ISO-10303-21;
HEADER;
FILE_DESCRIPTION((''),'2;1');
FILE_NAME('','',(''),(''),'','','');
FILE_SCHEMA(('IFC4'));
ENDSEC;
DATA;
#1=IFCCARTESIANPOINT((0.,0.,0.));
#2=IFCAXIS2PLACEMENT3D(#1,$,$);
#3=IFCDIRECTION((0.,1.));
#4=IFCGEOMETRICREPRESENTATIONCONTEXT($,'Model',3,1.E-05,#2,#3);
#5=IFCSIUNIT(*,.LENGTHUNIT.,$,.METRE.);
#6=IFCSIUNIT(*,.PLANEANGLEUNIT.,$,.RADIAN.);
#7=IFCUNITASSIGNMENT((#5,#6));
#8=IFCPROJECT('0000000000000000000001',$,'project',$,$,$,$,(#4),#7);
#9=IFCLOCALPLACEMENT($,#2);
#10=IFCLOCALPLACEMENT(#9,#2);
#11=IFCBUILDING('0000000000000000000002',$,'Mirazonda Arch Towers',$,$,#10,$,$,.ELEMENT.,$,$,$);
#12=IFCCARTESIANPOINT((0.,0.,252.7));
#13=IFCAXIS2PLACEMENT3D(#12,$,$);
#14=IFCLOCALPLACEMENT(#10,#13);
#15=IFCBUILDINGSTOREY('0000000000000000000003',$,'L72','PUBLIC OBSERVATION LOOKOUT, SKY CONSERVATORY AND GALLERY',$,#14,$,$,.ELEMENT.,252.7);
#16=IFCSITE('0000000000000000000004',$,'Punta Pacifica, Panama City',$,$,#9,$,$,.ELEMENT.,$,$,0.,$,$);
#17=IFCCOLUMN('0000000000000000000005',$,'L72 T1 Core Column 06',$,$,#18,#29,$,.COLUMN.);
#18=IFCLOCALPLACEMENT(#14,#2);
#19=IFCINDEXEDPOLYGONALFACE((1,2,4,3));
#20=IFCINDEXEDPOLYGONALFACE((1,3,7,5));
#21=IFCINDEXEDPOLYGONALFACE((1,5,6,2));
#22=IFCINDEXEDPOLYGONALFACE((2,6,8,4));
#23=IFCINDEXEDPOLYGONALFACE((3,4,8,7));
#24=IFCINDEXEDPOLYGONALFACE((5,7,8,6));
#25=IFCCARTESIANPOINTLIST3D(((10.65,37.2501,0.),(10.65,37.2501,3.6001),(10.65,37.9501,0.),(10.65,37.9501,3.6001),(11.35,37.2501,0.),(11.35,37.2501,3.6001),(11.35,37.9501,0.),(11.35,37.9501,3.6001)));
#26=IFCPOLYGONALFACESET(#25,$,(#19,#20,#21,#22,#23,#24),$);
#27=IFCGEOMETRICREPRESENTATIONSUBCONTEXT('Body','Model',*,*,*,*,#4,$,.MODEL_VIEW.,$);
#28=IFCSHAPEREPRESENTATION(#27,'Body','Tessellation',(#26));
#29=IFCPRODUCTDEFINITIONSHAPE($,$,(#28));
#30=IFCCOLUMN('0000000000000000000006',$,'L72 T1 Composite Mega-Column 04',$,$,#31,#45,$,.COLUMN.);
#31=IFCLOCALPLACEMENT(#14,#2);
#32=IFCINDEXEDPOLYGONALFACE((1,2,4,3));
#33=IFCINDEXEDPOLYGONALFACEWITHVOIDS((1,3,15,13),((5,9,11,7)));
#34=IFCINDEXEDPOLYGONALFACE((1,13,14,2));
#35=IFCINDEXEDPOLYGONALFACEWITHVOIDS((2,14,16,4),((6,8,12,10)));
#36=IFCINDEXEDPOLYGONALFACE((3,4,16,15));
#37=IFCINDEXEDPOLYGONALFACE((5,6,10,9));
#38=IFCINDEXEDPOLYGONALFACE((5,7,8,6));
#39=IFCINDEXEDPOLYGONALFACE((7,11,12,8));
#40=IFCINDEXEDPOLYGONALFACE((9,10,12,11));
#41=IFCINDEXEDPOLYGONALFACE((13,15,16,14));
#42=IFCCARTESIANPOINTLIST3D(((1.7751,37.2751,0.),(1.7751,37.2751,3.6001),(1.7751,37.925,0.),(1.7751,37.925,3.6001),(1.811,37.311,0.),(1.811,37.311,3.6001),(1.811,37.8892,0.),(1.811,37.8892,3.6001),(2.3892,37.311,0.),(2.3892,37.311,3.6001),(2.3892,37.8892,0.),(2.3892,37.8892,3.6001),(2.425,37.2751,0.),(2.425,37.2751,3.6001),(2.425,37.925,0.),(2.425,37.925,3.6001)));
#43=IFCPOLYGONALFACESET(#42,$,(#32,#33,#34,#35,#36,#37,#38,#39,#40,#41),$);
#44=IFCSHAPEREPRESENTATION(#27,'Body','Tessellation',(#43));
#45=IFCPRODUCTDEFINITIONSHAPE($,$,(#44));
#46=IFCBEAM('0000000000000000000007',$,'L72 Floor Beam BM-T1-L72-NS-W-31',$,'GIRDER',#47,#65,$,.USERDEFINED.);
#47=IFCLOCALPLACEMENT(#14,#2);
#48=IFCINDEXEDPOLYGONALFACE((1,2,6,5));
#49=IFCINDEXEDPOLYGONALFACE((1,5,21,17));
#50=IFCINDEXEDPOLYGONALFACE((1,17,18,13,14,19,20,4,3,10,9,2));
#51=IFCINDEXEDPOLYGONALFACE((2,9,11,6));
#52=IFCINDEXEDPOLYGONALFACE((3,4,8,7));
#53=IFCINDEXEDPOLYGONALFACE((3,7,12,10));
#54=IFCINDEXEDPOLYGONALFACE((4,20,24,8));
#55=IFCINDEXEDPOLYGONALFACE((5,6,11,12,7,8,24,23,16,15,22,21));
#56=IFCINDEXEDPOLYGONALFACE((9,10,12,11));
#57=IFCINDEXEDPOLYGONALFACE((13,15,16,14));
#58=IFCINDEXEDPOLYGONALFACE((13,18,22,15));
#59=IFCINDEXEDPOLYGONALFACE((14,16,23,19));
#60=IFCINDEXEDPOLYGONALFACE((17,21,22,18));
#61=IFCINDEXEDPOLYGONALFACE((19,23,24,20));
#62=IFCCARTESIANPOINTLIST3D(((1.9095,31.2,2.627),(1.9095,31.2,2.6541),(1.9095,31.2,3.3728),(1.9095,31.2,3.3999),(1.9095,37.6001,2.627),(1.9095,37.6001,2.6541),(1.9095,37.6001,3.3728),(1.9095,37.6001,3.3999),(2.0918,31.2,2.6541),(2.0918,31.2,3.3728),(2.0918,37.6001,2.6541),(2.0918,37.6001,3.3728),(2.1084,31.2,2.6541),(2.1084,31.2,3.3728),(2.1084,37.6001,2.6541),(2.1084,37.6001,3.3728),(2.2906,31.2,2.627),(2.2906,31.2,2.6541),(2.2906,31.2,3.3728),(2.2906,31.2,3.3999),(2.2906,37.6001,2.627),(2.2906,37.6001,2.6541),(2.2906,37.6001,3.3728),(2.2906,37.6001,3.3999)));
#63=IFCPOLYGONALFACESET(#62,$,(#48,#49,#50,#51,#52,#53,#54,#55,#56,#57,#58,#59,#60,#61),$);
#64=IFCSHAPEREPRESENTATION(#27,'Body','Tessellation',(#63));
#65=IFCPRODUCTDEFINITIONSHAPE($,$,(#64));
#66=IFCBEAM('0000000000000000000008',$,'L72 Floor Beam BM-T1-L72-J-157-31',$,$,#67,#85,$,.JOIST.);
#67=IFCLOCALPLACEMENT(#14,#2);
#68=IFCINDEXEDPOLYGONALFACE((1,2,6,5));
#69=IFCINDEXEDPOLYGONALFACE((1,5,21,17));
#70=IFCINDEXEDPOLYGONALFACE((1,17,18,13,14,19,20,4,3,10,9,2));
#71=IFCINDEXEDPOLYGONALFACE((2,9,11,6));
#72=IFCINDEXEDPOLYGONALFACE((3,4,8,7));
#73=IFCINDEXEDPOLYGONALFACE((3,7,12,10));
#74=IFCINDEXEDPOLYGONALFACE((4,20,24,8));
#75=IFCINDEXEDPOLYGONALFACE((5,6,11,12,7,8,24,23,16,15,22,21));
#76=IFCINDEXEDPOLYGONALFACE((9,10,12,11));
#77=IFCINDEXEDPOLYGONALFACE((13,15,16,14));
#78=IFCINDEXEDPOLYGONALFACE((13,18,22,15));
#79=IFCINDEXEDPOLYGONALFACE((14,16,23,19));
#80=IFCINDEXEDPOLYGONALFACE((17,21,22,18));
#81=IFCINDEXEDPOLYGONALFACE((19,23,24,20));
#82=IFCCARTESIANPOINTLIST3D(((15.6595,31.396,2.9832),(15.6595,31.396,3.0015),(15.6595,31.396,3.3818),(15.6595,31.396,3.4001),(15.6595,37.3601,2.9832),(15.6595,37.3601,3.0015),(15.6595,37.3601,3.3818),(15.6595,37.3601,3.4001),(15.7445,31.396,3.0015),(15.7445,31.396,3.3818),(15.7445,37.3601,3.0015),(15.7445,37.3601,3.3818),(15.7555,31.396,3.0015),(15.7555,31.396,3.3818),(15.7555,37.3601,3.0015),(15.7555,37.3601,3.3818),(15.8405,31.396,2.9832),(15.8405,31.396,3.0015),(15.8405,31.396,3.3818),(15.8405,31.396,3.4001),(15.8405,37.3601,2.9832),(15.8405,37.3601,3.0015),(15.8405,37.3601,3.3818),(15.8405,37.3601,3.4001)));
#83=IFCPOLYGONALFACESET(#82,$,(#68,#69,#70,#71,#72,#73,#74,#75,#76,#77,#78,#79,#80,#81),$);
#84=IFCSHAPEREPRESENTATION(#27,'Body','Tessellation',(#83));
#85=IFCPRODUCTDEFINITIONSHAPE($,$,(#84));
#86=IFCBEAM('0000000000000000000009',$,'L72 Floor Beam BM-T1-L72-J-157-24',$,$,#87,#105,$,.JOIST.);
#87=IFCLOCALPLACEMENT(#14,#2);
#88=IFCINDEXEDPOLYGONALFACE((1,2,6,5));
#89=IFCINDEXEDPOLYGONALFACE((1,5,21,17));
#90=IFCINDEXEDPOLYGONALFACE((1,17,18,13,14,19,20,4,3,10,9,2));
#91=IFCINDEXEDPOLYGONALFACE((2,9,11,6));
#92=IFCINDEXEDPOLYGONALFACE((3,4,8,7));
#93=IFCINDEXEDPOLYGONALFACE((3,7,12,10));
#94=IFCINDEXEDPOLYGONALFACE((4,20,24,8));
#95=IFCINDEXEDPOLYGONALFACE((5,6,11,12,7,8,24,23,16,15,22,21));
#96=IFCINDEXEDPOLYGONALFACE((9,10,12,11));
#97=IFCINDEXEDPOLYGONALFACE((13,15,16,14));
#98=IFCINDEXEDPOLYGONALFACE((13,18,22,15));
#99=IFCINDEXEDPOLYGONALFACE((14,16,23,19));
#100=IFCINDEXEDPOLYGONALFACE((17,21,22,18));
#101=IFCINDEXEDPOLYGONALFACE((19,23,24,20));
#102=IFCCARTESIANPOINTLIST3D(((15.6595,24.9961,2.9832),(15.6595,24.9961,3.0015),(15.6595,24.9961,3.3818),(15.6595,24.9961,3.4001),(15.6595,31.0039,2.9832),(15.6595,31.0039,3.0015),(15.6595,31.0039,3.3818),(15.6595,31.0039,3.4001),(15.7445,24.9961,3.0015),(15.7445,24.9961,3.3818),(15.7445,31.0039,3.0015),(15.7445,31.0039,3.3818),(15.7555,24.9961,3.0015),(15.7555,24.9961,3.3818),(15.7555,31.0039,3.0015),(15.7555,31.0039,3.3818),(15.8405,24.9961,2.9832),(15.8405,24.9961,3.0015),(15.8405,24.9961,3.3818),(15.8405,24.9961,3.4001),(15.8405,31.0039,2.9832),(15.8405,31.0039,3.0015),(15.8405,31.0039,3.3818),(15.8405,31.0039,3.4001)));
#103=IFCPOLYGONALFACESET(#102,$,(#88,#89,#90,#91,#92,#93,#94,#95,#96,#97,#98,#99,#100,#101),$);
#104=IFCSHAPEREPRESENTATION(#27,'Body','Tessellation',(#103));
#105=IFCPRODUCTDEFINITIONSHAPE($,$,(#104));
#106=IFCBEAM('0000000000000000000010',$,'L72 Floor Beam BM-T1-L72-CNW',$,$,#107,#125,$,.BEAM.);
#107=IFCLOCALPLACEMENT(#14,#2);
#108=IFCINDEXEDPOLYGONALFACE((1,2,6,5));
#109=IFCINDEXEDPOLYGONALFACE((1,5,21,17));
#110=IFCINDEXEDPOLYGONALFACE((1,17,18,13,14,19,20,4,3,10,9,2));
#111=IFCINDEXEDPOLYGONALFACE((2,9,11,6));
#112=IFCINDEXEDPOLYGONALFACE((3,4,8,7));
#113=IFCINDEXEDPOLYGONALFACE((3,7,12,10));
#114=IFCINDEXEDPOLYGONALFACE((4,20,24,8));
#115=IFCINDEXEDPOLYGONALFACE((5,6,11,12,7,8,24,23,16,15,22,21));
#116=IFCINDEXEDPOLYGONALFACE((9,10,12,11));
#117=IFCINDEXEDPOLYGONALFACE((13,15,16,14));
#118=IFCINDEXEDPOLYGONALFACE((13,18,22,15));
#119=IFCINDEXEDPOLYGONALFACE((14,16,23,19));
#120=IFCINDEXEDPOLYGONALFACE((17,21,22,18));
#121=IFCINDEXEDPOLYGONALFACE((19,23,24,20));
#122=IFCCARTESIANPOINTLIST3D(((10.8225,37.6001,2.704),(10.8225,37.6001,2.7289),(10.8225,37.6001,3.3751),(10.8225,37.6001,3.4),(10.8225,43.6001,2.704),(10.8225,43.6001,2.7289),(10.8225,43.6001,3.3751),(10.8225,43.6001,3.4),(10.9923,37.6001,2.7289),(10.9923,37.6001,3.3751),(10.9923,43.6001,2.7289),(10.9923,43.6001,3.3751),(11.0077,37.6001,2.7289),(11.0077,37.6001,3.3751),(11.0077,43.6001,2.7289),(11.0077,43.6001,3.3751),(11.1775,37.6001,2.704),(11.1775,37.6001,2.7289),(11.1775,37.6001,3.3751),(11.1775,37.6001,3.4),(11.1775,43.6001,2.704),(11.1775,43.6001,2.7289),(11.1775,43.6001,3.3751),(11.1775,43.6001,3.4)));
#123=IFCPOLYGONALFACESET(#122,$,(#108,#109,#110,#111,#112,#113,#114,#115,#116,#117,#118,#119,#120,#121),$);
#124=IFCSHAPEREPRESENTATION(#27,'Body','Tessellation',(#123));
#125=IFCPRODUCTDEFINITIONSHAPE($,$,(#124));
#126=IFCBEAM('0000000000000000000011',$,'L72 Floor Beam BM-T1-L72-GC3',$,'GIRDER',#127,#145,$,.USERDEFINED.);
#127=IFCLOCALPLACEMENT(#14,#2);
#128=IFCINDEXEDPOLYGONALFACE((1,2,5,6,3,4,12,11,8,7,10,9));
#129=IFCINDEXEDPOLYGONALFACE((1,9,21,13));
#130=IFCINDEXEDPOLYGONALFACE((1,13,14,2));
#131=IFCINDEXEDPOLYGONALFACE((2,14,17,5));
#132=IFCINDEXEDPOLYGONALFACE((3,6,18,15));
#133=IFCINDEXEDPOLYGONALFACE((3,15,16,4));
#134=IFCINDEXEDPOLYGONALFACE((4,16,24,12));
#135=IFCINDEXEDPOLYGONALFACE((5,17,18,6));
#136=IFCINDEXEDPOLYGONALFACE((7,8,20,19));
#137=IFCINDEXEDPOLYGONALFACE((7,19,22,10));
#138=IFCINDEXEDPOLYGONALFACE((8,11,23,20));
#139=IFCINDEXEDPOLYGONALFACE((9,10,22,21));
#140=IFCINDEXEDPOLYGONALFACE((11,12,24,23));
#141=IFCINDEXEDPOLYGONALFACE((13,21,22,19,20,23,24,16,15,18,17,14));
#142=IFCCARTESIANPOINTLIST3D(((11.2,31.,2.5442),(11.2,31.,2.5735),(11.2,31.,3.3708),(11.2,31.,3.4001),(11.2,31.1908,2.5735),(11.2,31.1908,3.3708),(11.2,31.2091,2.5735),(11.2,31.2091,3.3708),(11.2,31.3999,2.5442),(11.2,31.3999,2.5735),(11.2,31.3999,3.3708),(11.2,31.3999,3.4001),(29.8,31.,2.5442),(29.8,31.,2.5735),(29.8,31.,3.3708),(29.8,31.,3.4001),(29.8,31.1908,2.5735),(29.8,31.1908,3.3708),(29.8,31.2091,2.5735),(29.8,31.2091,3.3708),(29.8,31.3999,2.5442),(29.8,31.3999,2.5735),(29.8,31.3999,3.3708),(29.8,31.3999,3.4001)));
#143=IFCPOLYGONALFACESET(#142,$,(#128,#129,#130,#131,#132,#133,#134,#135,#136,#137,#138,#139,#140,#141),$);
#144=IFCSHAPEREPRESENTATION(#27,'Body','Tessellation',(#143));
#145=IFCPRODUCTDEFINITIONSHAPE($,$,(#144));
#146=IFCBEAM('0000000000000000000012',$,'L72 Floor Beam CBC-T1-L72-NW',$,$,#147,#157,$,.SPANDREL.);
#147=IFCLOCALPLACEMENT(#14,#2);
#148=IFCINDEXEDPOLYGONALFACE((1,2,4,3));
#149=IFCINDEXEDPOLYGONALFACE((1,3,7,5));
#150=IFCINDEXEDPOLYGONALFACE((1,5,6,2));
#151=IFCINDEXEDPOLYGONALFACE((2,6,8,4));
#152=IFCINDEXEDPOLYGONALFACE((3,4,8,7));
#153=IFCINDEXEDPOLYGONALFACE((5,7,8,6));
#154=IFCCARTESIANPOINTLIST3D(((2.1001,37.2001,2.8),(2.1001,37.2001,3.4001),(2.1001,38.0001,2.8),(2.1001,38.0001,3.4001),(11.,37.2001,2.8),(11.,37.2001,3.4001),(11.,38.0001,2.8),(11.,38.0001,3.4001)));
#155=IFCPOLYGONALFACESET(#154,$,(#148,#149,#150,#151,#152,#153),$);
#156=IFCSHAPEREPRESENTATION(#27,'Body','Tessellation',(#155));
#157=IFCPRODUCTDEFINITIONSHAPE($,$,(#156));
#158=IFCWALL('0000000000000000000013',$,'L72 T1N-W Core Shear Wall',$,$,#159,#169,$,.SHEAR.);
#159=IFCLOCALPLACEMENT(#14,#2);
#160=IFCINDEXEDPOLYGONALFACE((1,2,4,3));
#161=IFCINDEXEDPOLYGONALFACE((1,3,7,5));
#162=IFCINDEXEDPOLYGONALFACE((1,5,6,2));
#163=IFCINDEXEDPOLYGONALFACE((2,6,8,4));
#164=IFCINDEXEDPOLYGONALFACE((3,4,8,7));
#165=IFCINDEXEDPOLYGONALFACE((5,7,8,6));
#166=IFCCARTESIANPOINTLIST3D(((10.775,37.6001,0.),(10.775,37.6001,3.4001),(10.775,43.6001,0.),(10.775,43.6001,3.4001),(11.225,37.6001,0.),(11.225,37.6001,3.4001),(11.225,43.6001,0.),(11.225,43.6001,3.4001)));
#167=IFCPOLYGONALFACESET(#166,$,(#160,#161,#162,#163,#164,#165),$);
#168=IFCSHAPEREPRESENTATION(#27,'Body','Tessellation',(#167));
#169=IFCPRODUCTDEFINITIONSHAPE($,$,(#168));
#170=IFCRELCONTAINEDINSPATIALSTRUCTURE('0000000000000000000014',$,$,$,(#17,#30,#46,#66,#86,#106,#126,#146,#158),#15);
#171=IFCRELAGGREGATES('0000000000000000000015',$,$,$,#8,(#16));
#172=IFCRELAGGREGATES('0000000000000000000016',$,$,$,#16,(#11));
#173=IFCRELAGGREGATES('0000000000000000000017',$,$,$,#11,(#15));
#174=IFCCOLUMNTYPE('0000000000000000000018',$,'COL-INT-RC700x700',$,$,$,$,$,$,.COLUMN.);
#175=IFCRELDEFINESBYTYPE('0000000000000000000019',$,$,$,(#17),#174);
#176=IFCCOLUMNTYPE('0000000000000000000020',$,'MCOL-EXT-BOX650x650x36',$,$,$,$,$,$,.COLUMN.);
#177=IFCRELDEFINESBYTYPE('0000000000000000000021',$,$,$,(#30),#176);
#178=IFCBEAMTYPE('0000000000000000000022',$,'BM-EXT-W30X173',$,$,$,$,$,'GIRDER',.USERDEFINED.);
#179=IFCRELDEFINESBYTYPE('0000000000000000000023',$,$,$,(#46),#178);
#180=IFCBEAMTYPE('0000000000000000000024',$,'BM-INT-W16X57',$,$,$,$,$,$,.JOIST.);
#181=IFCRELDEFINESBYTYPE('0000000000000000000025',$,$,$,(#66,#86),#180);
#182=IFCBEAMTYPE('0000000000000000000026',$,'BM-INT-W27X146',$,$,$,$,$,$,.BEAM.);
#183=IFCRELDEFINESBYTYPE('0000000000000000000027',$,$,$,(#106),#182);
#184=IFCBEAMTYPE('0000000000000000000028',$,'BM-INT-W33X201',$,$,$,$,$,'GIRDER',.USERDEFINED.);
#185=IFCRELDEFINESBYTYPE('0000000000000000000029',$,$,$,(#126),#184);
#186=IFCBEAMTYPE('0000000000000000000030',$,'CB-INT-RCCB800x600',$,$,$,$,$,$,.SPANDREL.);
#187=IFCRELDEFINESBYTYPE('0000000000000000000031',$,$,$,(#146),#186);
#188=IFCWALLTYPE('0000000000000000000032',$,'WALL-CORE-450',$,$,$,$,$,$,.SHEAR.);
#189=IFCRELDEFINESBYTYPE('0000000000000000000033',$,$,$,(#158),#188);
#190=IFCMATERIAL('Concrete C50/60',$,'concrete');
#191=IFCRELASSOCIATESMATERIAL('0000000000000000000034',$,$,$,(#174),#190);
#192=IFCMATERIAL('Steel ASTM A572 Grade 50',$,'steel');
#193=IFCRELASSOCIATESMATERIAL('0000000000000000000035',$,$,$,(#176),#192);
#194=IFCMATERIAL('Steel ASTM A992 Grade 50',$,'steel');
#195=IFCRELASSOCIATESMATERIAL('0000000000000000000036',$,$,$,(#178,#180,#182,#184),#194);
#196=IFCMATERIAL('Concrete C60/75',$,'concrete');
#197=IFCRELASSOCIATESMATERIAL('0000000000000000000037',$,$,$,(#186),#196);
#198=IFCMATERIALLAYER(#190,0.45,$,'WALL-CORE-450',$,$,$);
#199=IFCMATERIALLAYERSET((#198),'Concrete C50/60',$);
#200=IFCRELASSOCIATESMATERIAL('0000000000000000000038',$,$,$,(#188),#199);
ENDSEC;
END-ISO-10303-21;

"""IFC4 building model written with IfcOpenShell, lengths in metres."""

from ifc_helpers import new_model, si_unit, direction, frame, frame_2d, origin, origin_2d, place, context, subcontext, project, spatial, rectangle, hollow_rectangle, i_section, extrude, material, layer, layer_set, material_profile, profile_set, type_object, element, save


model = new_model("IFC4")

# Units and contexts
model_context = context("Model", 3, precision=1e-05, world=origin(), true_north=direction((0.0, 1.0)))
body_context = subcontext(model_context, "Body", "Model", "MODEL_VIEW")
ifc_project = project(units=[si_unit("LENGTHUNIT", "METRE"), si_unit("PLANEANGLEUNIT", "RADIAN")], contexts=[model_context])

# Site, building, storey
site_placement = place(None, origin())
site = spatial("IfcSite", under=ifc_project, at=site_placement, Name="Punta Pacifica, Panama City", CompositionType="ELEMENT", RefElevation=0.0)
building_placement = place(site_placement, origin())
building = spatial("IfcBuilding", under=site, at=building_placement, Name="Mirazonda Arch Towers", CompositionType="ELEMENT")
storey_placement = place(building_placement, frame((0.0, 0.0, 252.7)))
storey = spatial("IfcBuildingStorey", under=building, at=storey_placement, Name="L72", Description="PUBLIC OBSERVATION LOOKOUT, SKY CONSERVATORY AND GALLERY", CompositionType="ELEMENT", Elevation=252.7)

# Columns
ifc_material_1 = material(Name="Concrete C50/60", Category="concrete")
ifc_material_profile_1 = material_profile(ifc_material_1, rectangle(XDim=0.7, YDim=0.7, at=origin_2d()), Name="RC700x700")
ifc_profile_set_1 = profile_set([ifc_material_profile_1], Name="Concrete C50/60")
column_type_1 = type_object("IfcColumnType", Name="COL-INT-RC700x700", PredefinedType="COLUMN", material=ifc_profile_set_1)
column_1_placement = place(storey_placement, frame((11.0, 37.6001, 0.0), z_axis=(0.0, 0.0, 1.0), x_axis=(1.0, 0.0, 0.0)))
element("IfcColumn", 1, at=column_1_placement, inside=storey, type_object=column_type_1, Name="L72 T1 Core Column 06", PredefinedType="COLUMN", context=body_context, shape_type="SweptSolid", body=[
    extrude(rectangle(XDim=0.7, YDim=0.7, at=origin_2d()), origin(), (0.0, 0.0, 1.0), 3.6001),
])
ifc_material_2 = material(Name="Steel ASTM A572 Grade 50", Category="steel")
ifc_material_profile_2 = material_profile(ifc_material_2, hollow_rectangle(XDim=0.6499, YDim=0.6499, WallThickness=0.0359, at=origin_2d()), Name="BOX650x650x36")
ifc_profile_set_2 = profile_set([ifc_material_profile_2], Name="Steel ASTM A572 Grade 50")
column_type_2 = type_object("IfcColumnType", Name="MCOL-EXT-BOX650x650x36", PredefinedType="COLUMN", material=ifc_profile_set_2)
column_2_placement = place(storey_placement, frame((2.1001, 37.6001, 0.0), z_axis=(0.0, 0.0, 1.0), x_axis=(1.0, 0.0, 0.0)))
element("IfcColumn", 2, at=column_2_placement, inside=storey, type_object=column_type_2, Name="L72 T1 Composite Mega-Column 04", PredefinedType="COLUMN", context=body_context, shape_type="SweptSolid", body=[
    extrude(hollow_rectangle(XDim=0.6499, YDim=0.6499, WallThickness=0.0359, at=origin_2d()), origin(), (0.0, 0.0, 1.0), 3.6001),
])

# Beams
ifc_material_3 = material(Name="Steel ASTM A992 Grade 50", Category="steel")
ifc_material_profile_3 = material_profile(ifc_material_3, i_section(OverallWidth=0.3811, OverallDepth=0.7729, WebThickness=0.0166, FlangeThickness=0.0271, at=origin_2d()), Name="W30X173")
ifc_profile_set_3 = profile_set([ifc_material_profile_3], Name="Steel ASTM A992 Grade 50")
beam_type_1 = type_object("IfcBeamType", Name="BM-EXT-W30X173", ElementType="GIRDER", PredefinedType="USERDEFINED", material=ifc_profile_set_3)
beam_1_placement = place(storey_placement, frame((2.1001, 31.2, 3.0134), z_axis=(0.0, 1.0, 0.0), x_axis=(-1.0, 0.0, 0.0)))
element("IfcBeam", 3, at=beam_1_placement, inside=storey, type_object=beam_type_1, Name="L72 Floor Beam BM-T1-L72-NS-W-31", ObjectType="GIRDER", PredefinedType="USERDEFINED", context=body_context, shape_type="SweptSolid", body=[
    extrude(i_section(OverallWidth=0.3811, OverallDepth=0.7729, WebThickness=0.0166, FlangeThickness=0.0271, at=origin_2d()), origin(), (0.0, 0.0, 1.0), 6.4001),
])
ifc_material_profile_4 = material_profile(ifc_material_3, i_section(OverallWidth=0.1809, OverallDepth=0.417, WebThickness=0.011, FlangeThickness=0.0183, at=origin_2d()), Name="W16X57")
ifc_profile_set_4 = profile_set([ifc_material_profile_4], Name="Steel ASTM A992 Grade 50")
beam_type_2 = type_object("IfcBeamType", Name="BM-INT-W16X57", PredefinedType="JOIST", material=ifc_profile_set_4)
beam_2_placement = place(storey_placement, frame((15.75, 31.396, 3.1917), z_axis=(0.0, 1.0, 0.0), x_axis=(-1.0, 0.0, 0.0)))
element("IfcBeam", 4, at=beam_2_placement, inside=storey, type_object=beam_type_2, Name="L72 Floor Beam BM-T1-L72-J-157-31", PredefinedType="JOIST", context=body_context, shape_type="SweptSolid", body=[
    extrude(i_section(OverallWidth=0.1809, OverallDepth=0.417, WebThickness=0.011, FlangeThickness=0.0183, at=origin_2d()), origin(), (0.0, 0.0, 1.0), 5.9641),
])
beam_3_placement = place(storey_placement, frame((15.75, 24.9961, 3.1917), z_axis=(0.0, 1.0, 0.0), x_axis=(-1.0, 0.0, 0.0)))
element("IfcBeam", 5, at=beam_3_placement, inside=storey, type_object=beam_type_2, Name="L72 Floor Beam BM-T1-L72-J-157-24", PredefinedType="JOIST", context=body_context, shape_type="SweptSolid", body=[
    extrude(i_section(OverallWidth=0.1809, OverallDepth=0.417, WebThickness=0.011, FlangeThickness=0.0183, at=origin_2d()), origin(), (0.0, 0.0, 1.0), 6.0078),
])
ifc_material_profile_5 = material_profile(ifc_material_3, i_section(OverallWidth=0.355, OverallDepth=0.696, WebThickness=0.0154, FlangeThickness=0.0249, at=origin_2d()), Name="W27X146")
ifc_profile_set_5 = profile_set([ifc_material_profile_5], Name="Steel ASTM A992 Grade 50")
beam_type_3 = type_object("IfcBeamType", Name="BM-INT-W27X146", PredefinedType="BEAM", material=ifc_profile_set_5)
beam_4_placement = place(storey_placement, frame((11.0, 37.6001, 3.052), z_axis=(0.0, 1.0, 0.0), x_axis=(-1.0, 0.0, 0.0)))
element("IfcBeam", 6, at=beam_4_placement, inside=storey, type_object=beam_type_3, Name="L72 Floor Beam BM-T1-L72-CNW", PredefinedType="BEAM", context=body_context, shape_type="SweptSolid", body=[
    extrude(i_section(OverallWidth=0.355, OverallDepth=0.696, WebThickness=0.0154, FlangeThickness=0.0249, at=origin_2d()), origin(), (0.0, 0.0, 1.0), 6.0),
])
ifc_material_profile_6 = material_profile(ifc_material_3, i_section(OverallWidth=0.3999, OverallDepth=0.856, WebThickness=0.0183, FlangeThickness=0.0293, at=origin_2d()), Name="W33X201")
ifc_profile_set_6 = profile_set([ifc_material_profile_6], Name="Steel ASTM A992 Grade 50")
beam_type_4 = type_object("IfcBeamType", Name="BM-INT-W33X201", ElementType="GIRDER", PredefinedType="USERDEFINED", material=ifc_profile_set_6)
beam_5_placement = place(storey_placement, frame((11.2, 31.2, 2.9722), z_axis=(1.0, 0.0, 0.0), x_axis=(0.0, 1.0, 0.0)))
element("IfcBeam", 7, at=beam_5_placement, inside=storey, type_object=beam_type_4, Name="L72 Floor Beam BM-T1-L72-GC3", ObjectType="GIRDER", PredefinedType="USERDEFINED", context=body_context, shape_type="SweptSolid", body=[
    extrude(i_section(OverallWidth=0.3999, OverallDepth=0.856, WebThickness=0.0183, FlangeThickness=0.0293, at=origin_2d()), origin(), (0.0, 0.0, 1.0), 18.6001),
])
ifc_material_4 = material(Name="Concrete C60/75", Category="concrete")
ifc_material_profile_7 = material_profile(ifc_material_4, rectangle(XDim=0.8, YDim=0.6001, at=origin_2d()), Name="RCCB800x600")
ifc_profile_set_7 = profile_set([ifc_material_profile_7], Name="Concrete C60/75")
beam_type_5 = type_object("IfcBeamType", Name="CB-INT-RCCB800x600", PredefinedType="SPANDREL", material=ifc_profile_set_7)
beam_6_placement = place(storey_placement, frame((2.1001, 37.6001, 3.1001), z_axis=(1.0, 0.0, 0.0), x_axis=(0.0, 1.0, 0.0)))
element("IfcBeam", 8, at=beam_6_placement, inside=storey, type_object=beam_type_5, Name="L72 Floor Beam CBC-T1-L72-NW", PredefinedType="SPANDREL", context=body_context, shape_type="SweptSolid", body=[
    extrude(rectangle(XDim=0.8, YDim=0.6001, at=origin_2d()), origin(), (0.0, 0.0, 1.0), 8.8999),
])

# Wall
ifc_layer_1 = layer(ifc_material_1, 0.45, Name="WALL-CORE-450")
ifc_layer_set_1 = layer_set([ifc_layer_1], Name="Concrete C50/60")
wall_type_1 = type_object("IfcWallType", Name="WALL-CORE-450", PredefinedType="SHEAR", material=ifc_layer_set_1)
wall_1_placement = place(storey_placement, frame((11.0, 37.6001, 0.0), z_axis=(0.0, 0.0, 1.0), x_axis=(0.0, 1.0, 0.0)))
element("IfcWall", 9, at=wall_1_placement, inside=storey, type_object=wall_type_1, Name="L72 T1N-W Core Shear Wall", PredefinedType="SHEAR", context=body_context, shape_type="SweptSolid", body=[
    extrude(rectangle(XDim=6.0, YDim=0.45, at=frame_2d((3.0, 0.0))), origin(), (0.0, 0.0, 1.0), 3.4001),
])

save(model, "model.ifc")
